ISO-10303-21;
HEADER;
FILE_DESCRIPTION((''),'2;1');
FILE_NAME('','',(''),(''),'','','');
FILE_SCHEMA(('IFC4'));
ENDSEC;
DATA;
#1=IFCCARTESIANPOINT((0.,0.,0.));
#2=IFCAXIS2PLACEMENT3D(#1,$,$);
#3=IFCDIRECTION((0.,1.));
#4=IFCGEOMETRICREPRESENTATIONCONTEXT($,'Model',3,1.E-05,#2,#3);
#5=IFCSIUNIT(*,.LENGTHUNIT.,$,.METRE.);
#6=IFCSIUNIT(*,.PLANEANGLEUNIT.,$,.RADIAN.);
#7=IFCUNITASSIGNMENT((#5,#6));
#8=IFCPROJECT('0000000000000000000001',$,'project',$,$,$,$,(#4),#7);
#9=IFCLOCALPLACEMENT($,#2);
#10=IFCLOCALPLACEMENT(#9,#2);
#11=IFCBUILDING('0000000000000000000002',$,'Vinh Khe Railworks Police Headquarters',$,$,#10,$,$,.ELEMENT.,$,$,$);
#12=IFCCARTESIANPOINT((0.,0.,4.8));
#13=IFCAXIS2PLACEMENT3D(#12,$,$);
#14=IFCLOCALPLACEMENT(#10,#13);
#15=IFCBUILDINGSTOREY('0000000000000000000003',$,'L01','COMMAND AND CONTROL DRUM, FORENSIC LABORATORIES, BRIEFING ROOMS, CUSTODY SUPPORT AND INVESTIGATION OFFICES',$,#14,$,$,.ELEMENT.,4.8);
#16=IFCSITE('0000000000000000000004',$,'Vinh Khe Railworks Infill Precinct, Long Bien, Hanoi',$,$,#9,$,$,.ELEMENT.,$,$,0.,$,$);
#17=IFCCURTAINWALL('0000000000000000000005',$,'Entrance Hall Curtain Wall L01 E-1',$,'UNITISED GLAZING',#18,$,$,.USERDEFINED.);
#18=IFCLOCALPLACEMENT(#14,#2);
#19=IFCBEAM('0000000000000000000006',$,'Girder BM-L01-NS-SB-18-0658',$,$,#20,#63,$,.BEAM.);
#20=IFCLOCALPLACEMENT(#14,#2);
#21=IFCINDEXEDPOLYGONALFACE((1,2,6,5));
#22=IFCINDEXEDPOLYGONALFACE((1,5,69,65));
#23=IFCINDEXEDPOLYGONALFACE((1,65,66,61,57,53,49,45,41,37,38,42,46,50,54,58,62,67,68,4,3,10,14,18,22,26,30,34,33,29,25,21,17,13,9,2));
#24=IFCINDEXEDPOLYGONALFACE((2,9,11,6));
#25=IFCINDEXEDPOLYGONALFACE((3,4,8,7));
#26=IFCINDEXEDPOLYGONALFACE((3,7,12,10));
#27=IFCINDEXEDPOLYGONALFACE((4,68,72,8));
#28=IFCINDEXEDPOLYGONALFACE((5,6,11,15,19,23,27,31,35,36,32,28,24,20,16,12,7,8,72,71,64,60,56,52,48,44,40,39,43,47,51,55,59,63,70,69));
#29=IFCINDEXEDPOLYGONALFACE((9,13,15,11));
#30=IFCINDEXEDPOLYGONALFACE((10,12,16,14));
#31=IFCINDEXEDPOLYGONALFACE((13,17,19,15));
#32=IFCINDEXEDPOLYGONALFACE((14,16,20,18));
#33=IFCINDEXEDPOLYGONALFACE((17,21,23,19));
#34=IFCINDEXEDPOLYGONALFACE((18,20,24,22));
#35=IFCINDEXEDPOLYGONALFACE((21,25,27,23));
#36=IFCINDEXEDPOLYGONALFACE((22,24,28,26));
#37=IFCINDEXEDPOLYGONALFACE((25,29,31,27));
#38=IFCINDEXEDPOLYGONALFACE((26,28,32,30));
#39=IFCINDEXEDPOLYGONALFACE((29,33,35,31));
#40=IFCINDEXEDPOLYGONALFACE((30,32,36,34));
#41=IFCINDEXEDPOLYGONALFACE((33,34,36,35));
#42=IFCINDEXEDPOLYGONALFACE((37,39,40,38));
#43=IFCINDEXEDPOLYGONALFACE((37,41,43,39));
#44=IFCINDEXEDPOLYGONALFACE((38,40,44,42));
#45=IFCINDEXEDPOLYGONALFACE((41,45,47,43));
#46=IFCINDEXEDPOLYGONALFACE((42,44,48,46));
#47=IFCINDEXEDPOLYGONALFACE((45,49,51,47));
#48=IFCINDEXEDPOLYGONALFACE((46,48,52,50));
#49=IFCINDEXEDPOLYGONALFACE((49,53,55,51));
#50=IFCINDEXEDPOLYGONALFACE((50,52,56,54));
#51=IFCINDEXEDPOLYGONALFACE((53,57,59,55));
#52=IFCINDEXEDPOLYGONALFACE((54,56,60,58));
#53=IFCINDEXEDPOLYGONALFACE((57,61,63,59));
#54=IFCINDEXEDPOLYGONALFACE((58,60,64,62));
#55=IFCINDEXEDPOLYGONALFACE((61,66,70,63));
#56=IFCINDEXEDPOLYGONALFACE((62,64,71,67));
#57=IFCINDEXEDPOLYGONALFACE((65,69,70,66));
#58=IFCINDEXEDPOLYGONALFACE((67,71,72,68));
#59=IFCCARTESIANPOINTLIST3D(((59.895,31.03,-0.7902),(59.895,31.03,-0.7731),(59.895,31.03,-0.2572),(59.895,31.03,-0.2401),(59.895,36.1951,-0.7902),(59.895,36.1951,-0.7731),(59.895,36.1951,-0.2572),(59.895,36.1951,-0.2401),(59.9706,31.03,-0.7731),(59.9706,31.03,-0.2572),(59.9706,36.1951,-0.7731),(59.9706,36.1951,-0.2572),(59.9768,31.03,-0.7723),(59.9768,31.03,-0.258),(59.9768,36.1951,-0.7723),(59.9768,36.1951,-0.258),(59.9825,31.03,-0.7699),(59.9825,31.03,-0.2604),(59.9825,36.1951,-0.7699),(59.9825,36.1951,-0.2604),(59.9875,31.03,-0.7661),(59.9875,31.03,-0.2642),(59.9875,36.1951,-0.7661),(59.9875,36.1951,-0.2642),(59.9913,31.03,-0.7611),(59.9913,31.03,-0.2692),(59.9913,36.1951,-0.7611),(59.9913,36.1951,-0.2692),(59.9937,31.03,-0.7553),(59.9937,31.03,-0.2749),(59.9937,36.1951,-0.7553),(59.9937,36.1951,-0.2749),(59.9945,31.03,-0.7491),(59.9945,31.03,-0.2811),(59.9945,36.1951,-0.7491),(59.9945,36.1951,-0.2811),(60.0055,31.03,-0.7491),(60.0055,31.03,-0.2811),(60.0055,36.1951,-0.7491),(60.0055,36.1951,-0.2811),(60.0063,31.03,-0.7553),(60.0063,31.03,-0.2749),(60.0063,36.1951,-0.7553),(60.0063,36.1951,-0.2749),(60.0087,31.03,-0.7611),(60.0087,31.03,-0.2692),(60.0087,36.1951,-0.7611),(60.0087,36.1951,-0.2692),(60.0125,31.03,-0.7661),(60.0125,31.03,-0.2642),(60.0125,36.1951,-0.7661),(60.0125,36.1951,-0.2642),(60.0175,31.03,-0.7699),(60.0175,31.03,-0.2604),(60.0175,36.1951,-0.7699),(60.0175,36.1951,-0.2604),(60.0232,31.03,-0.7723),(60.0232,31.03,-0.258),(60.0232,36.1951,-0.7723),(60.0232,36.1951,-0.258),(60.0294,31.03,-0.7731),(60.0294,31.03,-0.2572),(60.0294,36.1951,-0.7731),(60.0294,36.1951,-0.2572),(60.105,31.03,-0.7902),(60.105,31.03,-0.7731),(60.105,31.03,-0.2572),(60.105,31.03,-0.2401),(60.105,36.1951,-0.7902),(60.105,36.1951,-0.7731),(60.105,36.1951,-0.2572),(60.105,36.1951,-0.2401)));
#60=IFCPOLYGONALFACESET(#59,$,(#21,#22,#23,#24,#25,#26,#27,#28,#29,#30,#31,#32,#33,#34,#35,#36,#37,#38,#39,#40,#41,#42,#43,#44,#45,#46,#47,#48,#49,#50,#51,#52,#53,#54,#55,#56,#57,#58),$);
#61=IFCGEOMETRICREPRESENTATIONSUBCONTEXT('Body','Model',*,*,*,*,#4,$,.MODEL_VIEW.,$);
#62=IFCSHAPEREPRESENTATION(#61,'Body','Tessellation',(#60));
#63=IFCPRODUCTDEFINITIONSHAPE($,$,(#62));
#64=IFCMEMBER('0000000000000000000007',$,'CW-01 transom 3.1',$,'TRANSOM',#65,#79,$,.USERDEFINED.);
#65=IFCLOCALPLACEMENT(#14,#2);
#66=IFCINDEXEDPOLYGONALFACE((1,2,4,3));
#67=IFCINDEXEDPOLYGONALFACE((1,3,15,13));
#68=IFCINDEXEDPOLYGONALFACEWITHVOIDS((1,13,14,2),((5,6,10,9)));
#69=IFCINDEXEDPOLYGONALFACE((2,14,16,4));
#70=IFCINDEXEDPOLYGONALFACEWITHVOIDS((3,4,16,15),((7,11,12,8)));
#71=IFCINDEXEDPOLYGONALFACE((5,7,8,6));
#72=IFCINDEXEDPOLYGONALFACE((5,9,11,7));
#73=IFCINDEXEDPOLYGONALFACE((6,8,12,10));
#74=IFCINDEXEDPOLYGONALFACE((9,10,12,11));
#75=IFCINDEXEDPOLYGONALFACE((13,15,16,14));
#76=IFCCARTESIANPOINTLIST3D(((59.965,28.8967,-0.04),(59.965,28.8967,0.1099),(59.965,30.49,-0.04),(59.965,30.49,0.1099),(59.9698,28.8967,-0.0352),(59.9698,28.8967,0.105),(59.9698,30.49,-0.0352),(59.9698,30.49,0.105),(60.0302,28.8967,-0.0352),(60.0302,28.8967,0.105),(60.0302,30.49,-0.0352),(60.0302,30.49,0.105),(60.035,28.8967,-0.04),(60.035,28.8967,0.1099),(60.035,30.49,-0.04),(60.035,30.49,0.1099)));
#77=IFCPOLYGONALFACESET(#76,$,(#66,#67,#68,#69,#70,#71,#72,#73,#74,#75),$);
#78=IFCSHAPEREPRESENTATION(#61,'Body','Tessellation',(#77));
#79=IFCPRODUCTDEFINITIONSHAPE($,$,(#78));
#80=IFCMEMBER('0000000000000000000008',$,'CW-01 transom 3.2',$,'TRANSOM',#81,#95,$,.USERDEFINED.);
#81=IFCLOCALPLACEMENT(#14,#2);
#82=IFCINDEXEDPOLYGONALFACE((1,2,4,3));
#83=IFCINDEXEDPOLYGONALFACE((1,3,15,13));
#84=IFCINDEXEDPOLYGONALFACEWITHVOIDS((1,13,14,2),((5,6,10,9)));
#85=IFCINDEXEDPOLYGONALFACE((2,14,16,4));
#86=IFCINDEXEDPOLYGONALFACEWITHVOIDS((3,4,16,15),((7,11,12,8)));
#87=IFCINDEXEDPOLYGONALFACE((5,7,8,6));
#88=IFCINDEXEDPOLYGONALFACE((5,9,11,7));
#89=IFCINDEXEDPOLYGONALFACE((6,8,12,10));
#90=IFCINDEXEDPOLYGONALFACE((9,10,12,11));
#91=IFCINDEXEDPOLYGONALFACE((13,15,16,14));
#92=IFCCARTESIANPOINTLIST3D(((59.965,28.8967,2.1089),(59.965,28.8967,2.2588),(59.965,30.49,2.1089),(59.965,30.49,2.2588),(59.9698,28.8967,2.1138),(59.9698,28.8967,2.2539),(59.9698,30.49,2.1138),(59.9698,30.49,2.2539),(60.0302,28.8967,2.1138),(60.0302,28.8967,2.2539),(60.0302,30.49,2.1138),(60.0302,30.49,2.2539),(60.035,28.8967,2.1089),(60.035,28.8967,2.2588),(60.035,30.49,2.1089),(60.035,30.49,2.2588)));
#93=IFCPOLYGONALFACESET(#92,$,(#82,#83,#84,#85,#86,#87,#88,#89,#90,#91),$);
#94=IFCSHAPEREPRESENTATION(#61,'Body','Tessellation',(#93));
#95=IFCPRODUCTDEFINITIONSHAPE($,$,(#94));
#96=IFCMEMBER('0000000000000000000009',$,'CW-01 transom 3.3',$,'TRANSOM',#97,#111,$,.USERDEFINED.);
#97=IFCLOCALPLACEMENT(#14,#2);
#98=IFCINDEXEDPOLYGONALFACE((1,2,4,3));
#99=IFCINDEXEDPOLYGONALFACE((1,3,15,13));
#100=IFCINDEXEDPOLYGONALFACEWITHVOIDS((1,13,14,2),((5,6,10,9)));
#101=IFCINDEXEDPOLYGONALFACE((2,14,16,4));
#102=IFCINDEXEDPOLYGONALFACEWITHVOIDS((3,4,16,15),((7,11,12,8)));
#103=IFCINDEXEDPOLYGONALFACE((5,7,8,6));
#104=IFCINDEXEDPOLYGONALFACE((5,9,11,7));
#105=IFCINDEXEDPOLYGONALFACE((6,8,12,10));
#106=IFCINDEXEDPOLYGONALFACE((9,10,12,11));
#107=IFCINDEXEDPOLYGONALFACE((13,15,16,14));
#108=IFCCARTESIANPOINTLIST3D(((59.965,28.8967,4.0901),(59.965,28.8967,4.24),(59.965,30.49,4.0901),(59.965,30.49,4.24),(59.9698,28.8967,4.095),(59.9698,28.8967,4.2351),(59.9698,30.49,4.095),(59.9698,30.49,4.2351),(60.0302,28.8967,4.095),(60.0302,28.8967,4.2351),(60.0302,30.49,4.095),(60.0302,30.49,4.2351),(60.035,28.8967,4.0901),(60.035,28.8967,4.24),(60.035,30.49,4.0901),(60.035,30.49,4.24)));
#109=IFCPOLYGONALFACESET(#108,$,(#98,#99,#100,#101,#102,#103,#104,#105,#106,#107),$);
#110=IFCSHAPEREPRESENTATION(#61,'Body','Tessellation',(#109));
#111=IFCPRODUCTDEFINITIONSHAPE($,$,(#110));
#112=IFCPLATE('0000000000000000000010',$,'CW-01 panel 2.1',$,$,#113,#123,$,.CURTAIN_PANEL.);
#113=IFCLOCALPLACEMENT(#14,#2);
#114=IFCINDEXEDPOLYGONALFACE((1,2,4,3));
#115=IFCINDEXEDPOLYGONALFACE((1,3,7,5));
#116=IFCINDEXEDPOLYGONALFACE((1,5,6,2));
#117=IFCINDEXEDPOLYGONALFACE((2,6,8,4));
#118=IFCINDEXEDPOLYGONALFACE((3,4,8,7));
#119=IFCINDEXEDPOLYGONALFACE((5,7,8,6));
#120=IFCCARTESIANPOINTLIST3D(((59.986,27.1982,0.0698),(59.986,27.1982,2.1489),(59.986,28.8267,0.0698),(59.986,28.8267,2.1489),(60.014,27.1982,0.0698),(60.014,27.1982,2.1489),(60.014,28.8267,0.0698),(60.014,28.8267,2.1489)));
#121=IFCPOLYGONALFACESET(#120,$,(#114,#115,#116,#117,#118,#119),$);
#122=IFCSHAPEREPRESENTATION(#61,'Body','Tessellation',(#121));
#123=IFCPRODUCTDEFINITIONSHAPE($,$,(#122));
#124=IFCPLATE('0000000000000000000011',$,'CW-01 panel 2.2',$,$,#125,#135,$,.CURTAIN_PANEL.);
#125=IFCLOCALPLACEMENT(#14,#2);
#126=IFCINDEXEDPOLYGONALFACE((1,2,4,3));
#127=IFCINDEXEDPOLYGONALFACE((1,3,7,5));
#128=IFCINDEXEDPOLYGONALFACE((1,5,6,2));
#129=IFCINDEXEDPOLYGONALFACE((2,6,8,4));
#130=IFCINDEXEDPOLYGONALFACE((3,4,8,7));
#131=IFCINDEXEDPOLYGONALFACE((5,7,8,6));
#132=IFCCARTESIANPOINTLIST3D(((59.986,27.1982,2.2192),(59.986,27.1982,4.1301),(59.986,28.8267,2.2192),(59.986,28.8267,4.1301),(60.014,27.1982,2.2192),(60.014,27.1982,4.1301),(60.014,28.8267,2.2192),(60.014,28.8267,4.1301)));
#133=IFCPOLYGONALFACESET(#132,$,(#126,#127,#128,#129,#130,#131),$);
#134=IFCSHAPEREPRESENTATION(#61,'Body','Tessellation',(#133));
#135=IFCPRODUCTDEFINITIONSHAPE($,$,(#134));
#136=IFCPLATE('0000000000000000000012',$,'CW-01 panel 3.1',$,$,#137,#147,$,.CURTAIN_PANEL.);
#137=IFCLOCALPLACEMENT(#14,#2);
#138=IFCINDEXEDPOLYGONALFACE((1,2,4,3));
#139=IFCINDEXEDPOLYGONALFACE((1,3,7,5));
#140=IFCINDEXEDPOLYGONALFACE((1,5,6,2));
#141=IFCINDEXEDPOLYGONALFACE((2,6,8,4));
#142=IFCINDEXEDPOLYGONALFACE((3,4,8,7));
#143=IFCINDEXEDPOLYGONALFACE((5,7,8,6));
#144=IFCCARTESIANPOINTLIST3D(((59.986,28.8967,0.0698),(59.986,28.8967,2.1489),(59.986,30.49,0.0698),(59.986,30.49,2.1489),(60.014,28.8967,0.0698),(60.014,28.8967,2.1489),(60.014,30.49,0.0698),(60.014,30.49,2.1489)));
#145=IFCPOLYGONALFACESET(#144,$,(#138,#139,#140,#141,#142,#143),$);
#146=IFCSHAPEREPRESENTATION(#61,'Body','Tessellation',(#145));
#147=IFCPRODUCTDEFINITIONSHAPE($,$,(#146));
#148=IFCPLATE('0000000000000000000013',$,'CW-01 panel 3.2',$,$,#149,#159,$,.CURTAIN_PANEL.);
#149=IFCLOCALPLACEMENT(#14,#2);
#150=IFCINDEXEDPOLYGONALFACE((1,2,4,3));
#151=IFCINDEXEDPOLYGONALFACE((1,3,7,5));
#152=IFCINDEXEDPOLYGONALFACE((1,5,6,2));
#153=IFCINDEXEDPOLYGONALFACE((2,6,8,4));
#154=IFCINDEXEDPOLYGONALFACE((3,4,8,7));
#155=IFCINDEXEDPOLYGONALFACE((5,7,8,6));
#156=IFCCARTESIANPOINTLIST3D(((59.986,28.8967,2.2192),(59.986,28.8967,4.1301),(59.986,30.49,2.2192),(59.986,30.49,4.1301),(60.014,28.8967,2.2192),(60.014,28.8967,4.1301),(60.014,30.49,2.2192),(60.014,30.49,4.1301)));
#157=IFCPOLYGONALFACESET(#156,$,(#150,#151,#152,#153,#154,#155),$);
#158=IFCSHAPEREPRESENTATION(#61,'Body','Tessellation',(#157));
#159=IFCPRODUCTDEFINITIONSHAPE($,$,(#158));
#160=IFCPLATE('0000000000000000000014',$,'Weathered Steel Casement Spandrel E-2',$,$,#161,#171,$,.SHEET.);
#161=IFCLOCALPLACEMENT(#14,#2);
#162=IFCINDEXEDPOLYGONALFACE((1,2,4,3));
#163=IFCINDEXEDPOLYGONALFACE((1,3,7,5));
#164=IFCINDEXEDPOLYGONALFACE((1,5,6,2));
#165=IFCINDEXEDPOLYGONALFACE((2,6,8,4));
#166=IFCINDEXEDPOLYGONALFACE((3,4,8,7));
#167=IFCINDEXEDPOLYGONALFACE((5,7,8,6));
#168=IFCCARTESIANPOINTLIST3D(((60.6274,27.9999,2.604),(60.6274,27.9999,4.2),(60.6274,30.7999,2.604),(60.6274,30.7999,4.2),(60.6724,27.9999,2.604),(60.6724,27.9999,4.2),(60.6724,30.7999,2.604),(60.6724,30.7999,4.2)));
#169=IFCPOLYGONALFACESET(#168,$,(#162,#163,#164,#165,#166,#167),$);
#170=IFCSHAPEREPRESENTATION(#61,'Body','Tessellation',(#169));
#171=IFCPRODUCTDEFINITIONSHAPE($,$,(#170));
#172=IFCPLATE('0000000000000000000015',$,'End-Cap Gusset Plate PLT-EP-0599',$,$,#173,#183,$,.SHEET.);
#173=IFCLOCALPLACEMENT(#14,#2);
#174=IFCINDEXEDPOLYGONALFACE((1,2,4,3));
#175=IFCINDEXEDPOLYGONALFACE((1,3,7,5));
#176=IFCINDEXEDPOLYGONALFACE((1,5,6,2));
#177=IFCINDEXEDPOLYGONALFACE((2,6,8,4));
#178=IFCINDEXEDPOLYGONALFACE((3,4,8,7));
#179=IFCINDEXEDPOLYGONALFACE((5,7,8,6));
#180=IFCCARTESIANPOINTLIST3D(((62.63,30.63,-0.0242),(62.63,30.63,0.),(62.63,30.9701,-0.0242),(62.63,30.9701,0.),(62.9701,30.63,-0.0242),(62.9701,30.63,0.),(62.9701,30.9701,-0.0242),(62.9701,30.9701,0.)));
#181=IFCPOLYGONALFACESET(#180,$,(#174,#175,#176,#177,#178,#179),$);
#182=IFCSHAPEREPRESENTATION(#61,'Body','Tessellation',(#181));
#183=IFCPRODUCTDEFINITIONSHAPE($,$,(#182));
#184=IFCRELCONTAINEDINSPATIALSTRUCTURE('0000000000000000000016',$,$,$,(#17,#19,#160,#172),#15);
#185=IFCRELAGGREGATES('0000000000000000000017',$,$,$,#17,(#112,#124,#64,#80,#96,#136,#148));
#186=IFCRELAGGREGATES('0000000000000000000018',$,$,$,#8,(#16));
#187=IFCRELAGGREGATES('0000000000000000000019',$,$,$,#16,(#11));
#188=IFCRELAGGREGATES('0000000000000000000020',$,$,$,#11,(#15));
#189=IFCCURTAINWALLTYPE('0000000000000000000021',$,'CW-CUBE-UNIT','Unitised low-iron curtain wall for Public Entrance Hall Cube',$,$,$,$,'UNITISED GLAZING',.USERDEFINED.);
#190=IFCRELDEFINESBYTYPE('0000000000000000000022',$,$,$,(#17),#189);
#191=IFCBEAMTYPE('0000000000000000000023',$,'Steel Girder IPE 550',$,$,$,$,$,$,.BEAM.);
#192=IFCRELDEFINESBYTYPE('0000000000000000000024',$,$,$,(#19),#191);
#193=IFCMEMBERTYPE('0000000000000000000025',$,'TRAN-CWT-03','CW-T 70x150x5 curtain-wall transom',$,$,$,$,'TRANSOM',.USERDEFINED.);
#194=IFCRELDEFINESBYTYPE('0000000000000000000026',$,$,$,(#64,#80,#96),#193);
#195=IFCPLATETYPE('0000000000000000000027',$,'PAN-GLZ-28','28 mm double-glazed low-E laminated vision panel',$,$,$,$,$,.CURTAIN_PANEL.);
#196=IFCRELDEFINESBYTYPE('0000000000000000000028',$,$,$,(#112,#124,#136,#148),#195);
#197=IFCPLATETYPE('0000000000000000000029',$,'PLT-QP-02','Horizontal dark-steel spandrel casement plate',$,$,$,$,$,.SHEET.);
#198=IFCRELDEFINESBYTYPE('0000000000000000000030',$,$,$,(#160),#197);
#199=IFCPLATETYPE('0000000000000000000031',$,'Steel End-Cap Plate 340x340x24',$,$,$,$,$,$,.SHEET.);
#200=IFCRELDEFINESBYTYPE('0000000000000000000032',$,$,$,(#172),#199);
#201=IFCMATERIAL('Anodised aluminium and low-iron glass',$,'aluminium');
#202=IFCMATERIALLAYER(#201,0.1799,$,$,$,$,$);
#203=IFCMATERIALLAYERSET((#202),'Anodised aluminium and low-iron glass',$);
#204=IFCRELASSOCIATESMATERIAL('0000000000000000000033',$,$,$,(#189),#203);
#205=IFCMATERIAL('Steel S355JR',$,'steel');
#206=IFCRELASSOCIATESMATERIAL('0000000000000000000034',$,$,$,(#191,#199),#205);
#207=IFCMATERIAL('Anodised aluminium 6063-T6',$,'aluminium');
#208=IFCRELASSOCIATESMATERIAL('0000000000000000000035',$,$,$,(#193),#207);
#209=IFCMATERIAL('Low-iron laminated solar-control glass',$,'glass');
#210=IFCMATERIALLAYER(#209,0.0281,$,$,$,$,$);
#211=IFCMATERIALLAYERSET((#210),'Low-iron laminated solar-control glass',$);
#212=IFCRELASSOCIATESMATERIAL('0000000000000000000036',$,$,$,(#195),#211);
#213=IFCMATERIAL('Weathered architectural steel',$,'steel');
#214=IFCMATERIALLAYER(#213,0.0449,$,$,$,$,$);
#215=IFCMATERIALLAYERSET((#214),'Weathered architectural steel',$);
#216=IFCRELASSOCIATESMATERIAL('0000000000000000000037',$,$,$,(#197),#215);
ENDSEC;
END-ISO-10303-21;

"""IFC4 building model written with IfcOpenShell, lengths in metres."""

from ifc_helpers import new_model, si_unit, direction, frame, origin, origin_2d, place, context, subcontext, project, spatial, rectangle, hollow_rectangle, i_section, extrude, material, layer, layer_set, material_profile, profile_set, type_object, element, aggregate, save


model = new_model("IFC4")

# Units and contexts
model_context = context("Model", 3, precision=1e-05, world=origin(), true_north=direction((0.0, 1.0)))
body_context = subcontext(model_context, "Body", "Model", "MODEL_VIEW")
ifc_project = project(units=[si_unit("LENGTHUNIT", "METRE"), si_unit("PLANEANGLEUNIT", "RADIAN")], contexts=[model_context])

# Site, building, storey
site_placement = place(None, origin())
site = spatial("IfcSite", under=ifc_project, at=site_placement, Name="Vinh Khe Railworks Infill Precinct, Long Bien, Hanoi", CompositionType="ELEMENT", RefElevation=0.0)
building_placement = place(site_placement, origin())
building = spatial("IfcBuilding", under=site, at=building_placement, Name="Vinh Khe Railworks Police Headquarters", CompositionType="ELEMENT")
storey_placement = place(building_placement, frame((0.0, 0.0, 4.8)))
storey = spatial("IfcBuildingStorey", under=building, at=storey_placement, Name="L01", Description="COMMAND AND CONTROL DRUM, FORENSIC LABORATORIES, BRIEFING ROOMS, CUSTODY SUPPORT AND INVESTIGATION OFFICES", CompositionType="ELEMENT", Elevation=4.8)

# Shared definitions
ifc_material_1 = material(Name="Steel S355JR", Category="steel")

# Curtain wall
ifc_material_2 = material(Name="Anodised aluminium and low-iron glass", Category="aluminium")
ifc_layer_1 = layer(ifc_material_2, 0.1799)
ifc_layer_set_1 = layer_set([ifc_layer_1], Name="Anodised aluminium and low-iron glass")
curtain_wall_type = type_object("IfcCurtainWallType", Name="CW-CUBE-UNIT", Description="Unitised low-iron curtain wall for Public Entrance Hall Cube", ElementType="UNITISED GLAZING", PredefinedType="USERDEFINED", material=ifc_layer_set_1)
curtain_wall_placement = place(storey_placement, origin())
curtain_wall = element("IfcCurtainWall", 1, at=curtain_wall_placement, inside=storey, type_object=curtain_wall_type, Name="Entrance Hall Curtain Wall L01 E-1", ObjectType="UNITISED GLAZING", PredefinedType="USERDEFINED")
ifc_material_3 = material(Name="Anodised aluminium 6063-T6", Category="aluminium")

# Beam
ifc_material_profile_1 = material_profile(ifc_material_1, i_section(OverallWidth=0.21, OverallDepth=0.55, WebThickness=0.011, FlangeThickness=0.0171, FilletRadius=0.0239, at=origin_2d()), Name="IPE 550")
ifc_profile_set_1 = profile_set([ifc_material_profile_1], Name="Steel S355JR")
beam_type = type_object("IfcBeamType", Name="Steel Girder IPE 550", PredefinedType="BEAM", material=ifc_profile_set_1)
beam_placement = place(storey_placement, frame((60.0, 31.03, -0.5151), z_axis=(0.0, 1.0, 0.0), x_axis=(-1.0, 0.0, 0.0)))
element("IfcBeam", 2, at=beam_placement, inside=storey, type_object=beam_type, Name="Girder BM-L01-NS-SB-18-0658", PredefinedType="BEAM", context=body_context, shape_type="SweptSolid", body=[
    extrude(i_section(OverallWidth=0.21, OverallDepth=0.55, WebThickness=0.011, FlangeThickness=0.0171, FilletRadius=0.0239, at=origin_2d()), origin(), (0.0, 0.0, 1.0), 5.165),
])

# Members
ifc_material_profile_2 = material_profile(ifc_material_3, hollow_rectangle(XDim=0.0701, YDim=0.1499, WallThickness=0.0049, at=origin_2d()), Name="CW-T 70x150x5")
ifc_profile_set_2 = profile_set([ifc_material_profile_2], Name="Anodised aluminium 6063-T6")
member_type_1 = type_object("IfcMemberType", Name="TRAN-CWT-03", Description="CW-T 70x150x5 curtain-wall transom", ElementType="TRANSOM", PredefinedType="USERDEFINED", material=ifc_profile_set_2)
member_1_placement = place(storey_placement, frame((60.0, 28.8967, 0.0349), z_axis=(0.0, 1.0, 0.0), x_axis=(-1.0, 0.0, 0.0)))
member_1 = element("IfcMember", 3, at=member_1_placement, type_object=member_type_1, Name="CW-01 transom 3.1", ObjectType="TRANSOM", PredefinedType="USERDEFINED", context=body_context, shape_type="SweptSolid", body=[
    extrude(hollow_rectangle(XDim=0.0701, YDim=0.1499, WallThickness=0.0049, at=origin_2d()), origin(), (0.0, 0.0, 1.0), 1.5933),
])
member_2_placement = place(storey_placement, frame((60.0, 28.8967, 2.1838), z_axis=(0.0, 1.0, 0.0), x_axis=(-1.0, 0.0, 0.0)))
member_2 = element("IfcMember", 4, at=member_2_placement, type_object=member_type_1, Name="CW-01 transom 3.2", ObjectType="TRANSOM", PredefinedType="USERDEFINED", context=body_context, shape_type="SweptSolid", body=[
    extrude(hollow_rectangle(XDim=0.0701, YDim=0.1499, WallThickness=0.0049, at=origin_2d()), origin(), (0.0, 0.0, 1.0), 1.5933),
])
member_3_placement = place(storey_placement, frame((60.0, 28.8967, 4.165), z_axis=(0.0, 1.0, 0.0), x_axis=(-1.0, 0.0, 0.0)))
member_3 = element("IfcMember", 5, at=member_3_placement, type_object=member_type_1, Name="CW-01 transom 3.3", ObjectType="TRANSOM", PredefinedType="USERDEFINED", context=body_context, shape_type="SweptSolid", body=[
    extrude(hollow_rectangle(XDim=0.0701, YDim=0.1499, WallThickness=0.0049, at=origin_2d()), origin(), (0.0, 0.0, 1.0), 1.5933),
])

# Plates
ifc_material_4 = material(Name="Low-iron laminated solar-control glass", Category="glass")
ifc_layer_2 = layer(ifc_material_4, 0.0281)
ifc_layer_set_2 = layer_set([ifc_layer_2], Name="Low-iron laminated solar-control glass")
plate_type_1 = type_object("IfcPlateType", Name="PAN-GLZ-28", Description="28 mm double-glazed low-E laminated vision panel", PredefinedType="CURTAIN_PANEL", material=ifc_layer_set_2)
plate_1_placement = place(storey_placement, frame((60.0, 28.0125, 0.0698), z_axis=(0.0, 0.0, 1.0), x_axis=(0.0, 1.0, 0.0)))
plate_1 = element("IfcPlate", 6, at=plate_1_placement, type_object=plate_type_1, Name="CW-01 panel 2.1", PredefinedType="CURTAIN_PANEL", context=body_context, shape_type="SweptSolid", body=[
    extrude(rectangle(XDim=1.6284, YDim=0.0281, at=origin_2d()), origin(), (0.0, 0.0, 1.0), 2.0791),
])
plate_2_placement = place(storey_placement, frame((60.0, 28.0125, 2.2192), z_axis=(0.0, 0.0, 1.0), x_axis=(0.0, 1.0, 0.0)))
plate_2 = element("IfcPlate", 7, at=plate_2_placement, type_object=plate_type_1, Name="CW-01 panel 2.2", PredefinedType="CURTAIN_PANEL", context=body_context, shape_type="SweptSolid", body=[
    extrude(rectangle(XDim=1.6284, YDim=0.0281, at=origin_2d()), origin(), (0.0, 0.0, 1.0), 1.9109),
])
plate_3_placement = place(storey_placement, frame((60.0, 29.6934, 0.0698), z_axis=(0.0, 0.0, 1.0), x_axis=(0.0, 1.0, 0.0)))
plate_3 = element("IfcPlate", 8, at=plate_3_placement, type_object=plate_type_1, Name="CW-01 panel 3.1", PredefinedType="CURTAIN_PANEL", context=body_context, shape_type="SweptSolid", body=[
    extrude(rectangle(XDim=1.5933, YDim=0.0281, at=origin_2d()), origin(), (0.0, 0.0, 1.0), 2.0791),
])
plate_4_placement = place(storey_placement, frame((60.0, 29.6934, 2.2192), z_axis=(0.0, 0.0, 1.0), x_axis=(0.0, 1.0, 0.0)))
plate_4 = element("IfcPlate", 9, at=plate_4_placement, type_object=plate_type_1, Name="CW-01 panel 3.2", PredefinedType="CURTAIN_PANEL", context=body_context, shape_type="SweptSolid", body=[
    extrude(rectangle(XDim=1.5933, YDim=0.0281, at=origin_2d()), origin(), (0.0, 0.0, 1.0), 1.9109),
])
aggregate(curtain_wall, [plate_1, plate_2, member_1, member_2, member_3, plate_3, plate_4])

# Plates
ifc_material_5 = material(Name="Weathered architectural steel", Category="steel")
ifc_layer_3 = layer(ifc_material_5, 0.0449)
ifc_layer_set_3 = layer_set([ifc_layer_3], Name="Weathered architectural steel")
plate_type_2 = type_object("IfcPlateType", Name="PLT-QP-02", Description="Horizontal dark-steel spandrel casement plate", PredefinedType="SHEET", material=ifc_layer_set_3)
plate_5_placement = place(storey_placement, frame((60.6499, 29.3999, 2.604), z_axis=(0.0, 0.0, 1.0), x_axis=(0.0, 1.0, 0.0)))
element("IfcPlate", 10, at=plate_5_placement, inside=storey, type_object=plate_type_2, Name="Weathered Steel Casement Spandrel E-2", PredefinedType="SHEET", context=body_context, shape_type="SweptSolid", body=[
    extrude(rectangle(XDim=2.8, YDim=0.0449, at=origin_2d()), origin(), (0.0, 0.0, 1.0), 1.5959),
])
ifc_material_profile_3 = material_profile(ifc_material_1, rectangle(XDim=0.3401, YDim=0.3401, at=origin_2d()), Name="PL 340x340")
ifc_profile_set_3 = profile_set([ifc_material_profile_3], Name="Steel S355JR")
plate_type_3 = type_object("IfcPlateType", Name="Steel End-Cap Plate 340x340x24", PredefinedType="SHEET", material=ifc_profile_set_3)
plate_6_placement = place(storey_placement, frame((62.8, 30.8, 0.0), z_axis=(0.0, 0.0, -1.0), x_axis=(1.0, 0.0, 0.0)))
element("IfcPlate", 11, at=plate_6_placement, inside=storey, type_object=plate_type_3, Name="End-Cap Gusset Plate PLT-EP-0599", PredefinedType="SHEET", context=body_context, shape_type="SweptSolid", body=[
    extrude(rectangle(XDim=0.3401, YDim=0.3401, at=origin_2d()), origin(), (0.0, 0.0, 1.0), 0.0242),
])

save(model, "model.ifc")
